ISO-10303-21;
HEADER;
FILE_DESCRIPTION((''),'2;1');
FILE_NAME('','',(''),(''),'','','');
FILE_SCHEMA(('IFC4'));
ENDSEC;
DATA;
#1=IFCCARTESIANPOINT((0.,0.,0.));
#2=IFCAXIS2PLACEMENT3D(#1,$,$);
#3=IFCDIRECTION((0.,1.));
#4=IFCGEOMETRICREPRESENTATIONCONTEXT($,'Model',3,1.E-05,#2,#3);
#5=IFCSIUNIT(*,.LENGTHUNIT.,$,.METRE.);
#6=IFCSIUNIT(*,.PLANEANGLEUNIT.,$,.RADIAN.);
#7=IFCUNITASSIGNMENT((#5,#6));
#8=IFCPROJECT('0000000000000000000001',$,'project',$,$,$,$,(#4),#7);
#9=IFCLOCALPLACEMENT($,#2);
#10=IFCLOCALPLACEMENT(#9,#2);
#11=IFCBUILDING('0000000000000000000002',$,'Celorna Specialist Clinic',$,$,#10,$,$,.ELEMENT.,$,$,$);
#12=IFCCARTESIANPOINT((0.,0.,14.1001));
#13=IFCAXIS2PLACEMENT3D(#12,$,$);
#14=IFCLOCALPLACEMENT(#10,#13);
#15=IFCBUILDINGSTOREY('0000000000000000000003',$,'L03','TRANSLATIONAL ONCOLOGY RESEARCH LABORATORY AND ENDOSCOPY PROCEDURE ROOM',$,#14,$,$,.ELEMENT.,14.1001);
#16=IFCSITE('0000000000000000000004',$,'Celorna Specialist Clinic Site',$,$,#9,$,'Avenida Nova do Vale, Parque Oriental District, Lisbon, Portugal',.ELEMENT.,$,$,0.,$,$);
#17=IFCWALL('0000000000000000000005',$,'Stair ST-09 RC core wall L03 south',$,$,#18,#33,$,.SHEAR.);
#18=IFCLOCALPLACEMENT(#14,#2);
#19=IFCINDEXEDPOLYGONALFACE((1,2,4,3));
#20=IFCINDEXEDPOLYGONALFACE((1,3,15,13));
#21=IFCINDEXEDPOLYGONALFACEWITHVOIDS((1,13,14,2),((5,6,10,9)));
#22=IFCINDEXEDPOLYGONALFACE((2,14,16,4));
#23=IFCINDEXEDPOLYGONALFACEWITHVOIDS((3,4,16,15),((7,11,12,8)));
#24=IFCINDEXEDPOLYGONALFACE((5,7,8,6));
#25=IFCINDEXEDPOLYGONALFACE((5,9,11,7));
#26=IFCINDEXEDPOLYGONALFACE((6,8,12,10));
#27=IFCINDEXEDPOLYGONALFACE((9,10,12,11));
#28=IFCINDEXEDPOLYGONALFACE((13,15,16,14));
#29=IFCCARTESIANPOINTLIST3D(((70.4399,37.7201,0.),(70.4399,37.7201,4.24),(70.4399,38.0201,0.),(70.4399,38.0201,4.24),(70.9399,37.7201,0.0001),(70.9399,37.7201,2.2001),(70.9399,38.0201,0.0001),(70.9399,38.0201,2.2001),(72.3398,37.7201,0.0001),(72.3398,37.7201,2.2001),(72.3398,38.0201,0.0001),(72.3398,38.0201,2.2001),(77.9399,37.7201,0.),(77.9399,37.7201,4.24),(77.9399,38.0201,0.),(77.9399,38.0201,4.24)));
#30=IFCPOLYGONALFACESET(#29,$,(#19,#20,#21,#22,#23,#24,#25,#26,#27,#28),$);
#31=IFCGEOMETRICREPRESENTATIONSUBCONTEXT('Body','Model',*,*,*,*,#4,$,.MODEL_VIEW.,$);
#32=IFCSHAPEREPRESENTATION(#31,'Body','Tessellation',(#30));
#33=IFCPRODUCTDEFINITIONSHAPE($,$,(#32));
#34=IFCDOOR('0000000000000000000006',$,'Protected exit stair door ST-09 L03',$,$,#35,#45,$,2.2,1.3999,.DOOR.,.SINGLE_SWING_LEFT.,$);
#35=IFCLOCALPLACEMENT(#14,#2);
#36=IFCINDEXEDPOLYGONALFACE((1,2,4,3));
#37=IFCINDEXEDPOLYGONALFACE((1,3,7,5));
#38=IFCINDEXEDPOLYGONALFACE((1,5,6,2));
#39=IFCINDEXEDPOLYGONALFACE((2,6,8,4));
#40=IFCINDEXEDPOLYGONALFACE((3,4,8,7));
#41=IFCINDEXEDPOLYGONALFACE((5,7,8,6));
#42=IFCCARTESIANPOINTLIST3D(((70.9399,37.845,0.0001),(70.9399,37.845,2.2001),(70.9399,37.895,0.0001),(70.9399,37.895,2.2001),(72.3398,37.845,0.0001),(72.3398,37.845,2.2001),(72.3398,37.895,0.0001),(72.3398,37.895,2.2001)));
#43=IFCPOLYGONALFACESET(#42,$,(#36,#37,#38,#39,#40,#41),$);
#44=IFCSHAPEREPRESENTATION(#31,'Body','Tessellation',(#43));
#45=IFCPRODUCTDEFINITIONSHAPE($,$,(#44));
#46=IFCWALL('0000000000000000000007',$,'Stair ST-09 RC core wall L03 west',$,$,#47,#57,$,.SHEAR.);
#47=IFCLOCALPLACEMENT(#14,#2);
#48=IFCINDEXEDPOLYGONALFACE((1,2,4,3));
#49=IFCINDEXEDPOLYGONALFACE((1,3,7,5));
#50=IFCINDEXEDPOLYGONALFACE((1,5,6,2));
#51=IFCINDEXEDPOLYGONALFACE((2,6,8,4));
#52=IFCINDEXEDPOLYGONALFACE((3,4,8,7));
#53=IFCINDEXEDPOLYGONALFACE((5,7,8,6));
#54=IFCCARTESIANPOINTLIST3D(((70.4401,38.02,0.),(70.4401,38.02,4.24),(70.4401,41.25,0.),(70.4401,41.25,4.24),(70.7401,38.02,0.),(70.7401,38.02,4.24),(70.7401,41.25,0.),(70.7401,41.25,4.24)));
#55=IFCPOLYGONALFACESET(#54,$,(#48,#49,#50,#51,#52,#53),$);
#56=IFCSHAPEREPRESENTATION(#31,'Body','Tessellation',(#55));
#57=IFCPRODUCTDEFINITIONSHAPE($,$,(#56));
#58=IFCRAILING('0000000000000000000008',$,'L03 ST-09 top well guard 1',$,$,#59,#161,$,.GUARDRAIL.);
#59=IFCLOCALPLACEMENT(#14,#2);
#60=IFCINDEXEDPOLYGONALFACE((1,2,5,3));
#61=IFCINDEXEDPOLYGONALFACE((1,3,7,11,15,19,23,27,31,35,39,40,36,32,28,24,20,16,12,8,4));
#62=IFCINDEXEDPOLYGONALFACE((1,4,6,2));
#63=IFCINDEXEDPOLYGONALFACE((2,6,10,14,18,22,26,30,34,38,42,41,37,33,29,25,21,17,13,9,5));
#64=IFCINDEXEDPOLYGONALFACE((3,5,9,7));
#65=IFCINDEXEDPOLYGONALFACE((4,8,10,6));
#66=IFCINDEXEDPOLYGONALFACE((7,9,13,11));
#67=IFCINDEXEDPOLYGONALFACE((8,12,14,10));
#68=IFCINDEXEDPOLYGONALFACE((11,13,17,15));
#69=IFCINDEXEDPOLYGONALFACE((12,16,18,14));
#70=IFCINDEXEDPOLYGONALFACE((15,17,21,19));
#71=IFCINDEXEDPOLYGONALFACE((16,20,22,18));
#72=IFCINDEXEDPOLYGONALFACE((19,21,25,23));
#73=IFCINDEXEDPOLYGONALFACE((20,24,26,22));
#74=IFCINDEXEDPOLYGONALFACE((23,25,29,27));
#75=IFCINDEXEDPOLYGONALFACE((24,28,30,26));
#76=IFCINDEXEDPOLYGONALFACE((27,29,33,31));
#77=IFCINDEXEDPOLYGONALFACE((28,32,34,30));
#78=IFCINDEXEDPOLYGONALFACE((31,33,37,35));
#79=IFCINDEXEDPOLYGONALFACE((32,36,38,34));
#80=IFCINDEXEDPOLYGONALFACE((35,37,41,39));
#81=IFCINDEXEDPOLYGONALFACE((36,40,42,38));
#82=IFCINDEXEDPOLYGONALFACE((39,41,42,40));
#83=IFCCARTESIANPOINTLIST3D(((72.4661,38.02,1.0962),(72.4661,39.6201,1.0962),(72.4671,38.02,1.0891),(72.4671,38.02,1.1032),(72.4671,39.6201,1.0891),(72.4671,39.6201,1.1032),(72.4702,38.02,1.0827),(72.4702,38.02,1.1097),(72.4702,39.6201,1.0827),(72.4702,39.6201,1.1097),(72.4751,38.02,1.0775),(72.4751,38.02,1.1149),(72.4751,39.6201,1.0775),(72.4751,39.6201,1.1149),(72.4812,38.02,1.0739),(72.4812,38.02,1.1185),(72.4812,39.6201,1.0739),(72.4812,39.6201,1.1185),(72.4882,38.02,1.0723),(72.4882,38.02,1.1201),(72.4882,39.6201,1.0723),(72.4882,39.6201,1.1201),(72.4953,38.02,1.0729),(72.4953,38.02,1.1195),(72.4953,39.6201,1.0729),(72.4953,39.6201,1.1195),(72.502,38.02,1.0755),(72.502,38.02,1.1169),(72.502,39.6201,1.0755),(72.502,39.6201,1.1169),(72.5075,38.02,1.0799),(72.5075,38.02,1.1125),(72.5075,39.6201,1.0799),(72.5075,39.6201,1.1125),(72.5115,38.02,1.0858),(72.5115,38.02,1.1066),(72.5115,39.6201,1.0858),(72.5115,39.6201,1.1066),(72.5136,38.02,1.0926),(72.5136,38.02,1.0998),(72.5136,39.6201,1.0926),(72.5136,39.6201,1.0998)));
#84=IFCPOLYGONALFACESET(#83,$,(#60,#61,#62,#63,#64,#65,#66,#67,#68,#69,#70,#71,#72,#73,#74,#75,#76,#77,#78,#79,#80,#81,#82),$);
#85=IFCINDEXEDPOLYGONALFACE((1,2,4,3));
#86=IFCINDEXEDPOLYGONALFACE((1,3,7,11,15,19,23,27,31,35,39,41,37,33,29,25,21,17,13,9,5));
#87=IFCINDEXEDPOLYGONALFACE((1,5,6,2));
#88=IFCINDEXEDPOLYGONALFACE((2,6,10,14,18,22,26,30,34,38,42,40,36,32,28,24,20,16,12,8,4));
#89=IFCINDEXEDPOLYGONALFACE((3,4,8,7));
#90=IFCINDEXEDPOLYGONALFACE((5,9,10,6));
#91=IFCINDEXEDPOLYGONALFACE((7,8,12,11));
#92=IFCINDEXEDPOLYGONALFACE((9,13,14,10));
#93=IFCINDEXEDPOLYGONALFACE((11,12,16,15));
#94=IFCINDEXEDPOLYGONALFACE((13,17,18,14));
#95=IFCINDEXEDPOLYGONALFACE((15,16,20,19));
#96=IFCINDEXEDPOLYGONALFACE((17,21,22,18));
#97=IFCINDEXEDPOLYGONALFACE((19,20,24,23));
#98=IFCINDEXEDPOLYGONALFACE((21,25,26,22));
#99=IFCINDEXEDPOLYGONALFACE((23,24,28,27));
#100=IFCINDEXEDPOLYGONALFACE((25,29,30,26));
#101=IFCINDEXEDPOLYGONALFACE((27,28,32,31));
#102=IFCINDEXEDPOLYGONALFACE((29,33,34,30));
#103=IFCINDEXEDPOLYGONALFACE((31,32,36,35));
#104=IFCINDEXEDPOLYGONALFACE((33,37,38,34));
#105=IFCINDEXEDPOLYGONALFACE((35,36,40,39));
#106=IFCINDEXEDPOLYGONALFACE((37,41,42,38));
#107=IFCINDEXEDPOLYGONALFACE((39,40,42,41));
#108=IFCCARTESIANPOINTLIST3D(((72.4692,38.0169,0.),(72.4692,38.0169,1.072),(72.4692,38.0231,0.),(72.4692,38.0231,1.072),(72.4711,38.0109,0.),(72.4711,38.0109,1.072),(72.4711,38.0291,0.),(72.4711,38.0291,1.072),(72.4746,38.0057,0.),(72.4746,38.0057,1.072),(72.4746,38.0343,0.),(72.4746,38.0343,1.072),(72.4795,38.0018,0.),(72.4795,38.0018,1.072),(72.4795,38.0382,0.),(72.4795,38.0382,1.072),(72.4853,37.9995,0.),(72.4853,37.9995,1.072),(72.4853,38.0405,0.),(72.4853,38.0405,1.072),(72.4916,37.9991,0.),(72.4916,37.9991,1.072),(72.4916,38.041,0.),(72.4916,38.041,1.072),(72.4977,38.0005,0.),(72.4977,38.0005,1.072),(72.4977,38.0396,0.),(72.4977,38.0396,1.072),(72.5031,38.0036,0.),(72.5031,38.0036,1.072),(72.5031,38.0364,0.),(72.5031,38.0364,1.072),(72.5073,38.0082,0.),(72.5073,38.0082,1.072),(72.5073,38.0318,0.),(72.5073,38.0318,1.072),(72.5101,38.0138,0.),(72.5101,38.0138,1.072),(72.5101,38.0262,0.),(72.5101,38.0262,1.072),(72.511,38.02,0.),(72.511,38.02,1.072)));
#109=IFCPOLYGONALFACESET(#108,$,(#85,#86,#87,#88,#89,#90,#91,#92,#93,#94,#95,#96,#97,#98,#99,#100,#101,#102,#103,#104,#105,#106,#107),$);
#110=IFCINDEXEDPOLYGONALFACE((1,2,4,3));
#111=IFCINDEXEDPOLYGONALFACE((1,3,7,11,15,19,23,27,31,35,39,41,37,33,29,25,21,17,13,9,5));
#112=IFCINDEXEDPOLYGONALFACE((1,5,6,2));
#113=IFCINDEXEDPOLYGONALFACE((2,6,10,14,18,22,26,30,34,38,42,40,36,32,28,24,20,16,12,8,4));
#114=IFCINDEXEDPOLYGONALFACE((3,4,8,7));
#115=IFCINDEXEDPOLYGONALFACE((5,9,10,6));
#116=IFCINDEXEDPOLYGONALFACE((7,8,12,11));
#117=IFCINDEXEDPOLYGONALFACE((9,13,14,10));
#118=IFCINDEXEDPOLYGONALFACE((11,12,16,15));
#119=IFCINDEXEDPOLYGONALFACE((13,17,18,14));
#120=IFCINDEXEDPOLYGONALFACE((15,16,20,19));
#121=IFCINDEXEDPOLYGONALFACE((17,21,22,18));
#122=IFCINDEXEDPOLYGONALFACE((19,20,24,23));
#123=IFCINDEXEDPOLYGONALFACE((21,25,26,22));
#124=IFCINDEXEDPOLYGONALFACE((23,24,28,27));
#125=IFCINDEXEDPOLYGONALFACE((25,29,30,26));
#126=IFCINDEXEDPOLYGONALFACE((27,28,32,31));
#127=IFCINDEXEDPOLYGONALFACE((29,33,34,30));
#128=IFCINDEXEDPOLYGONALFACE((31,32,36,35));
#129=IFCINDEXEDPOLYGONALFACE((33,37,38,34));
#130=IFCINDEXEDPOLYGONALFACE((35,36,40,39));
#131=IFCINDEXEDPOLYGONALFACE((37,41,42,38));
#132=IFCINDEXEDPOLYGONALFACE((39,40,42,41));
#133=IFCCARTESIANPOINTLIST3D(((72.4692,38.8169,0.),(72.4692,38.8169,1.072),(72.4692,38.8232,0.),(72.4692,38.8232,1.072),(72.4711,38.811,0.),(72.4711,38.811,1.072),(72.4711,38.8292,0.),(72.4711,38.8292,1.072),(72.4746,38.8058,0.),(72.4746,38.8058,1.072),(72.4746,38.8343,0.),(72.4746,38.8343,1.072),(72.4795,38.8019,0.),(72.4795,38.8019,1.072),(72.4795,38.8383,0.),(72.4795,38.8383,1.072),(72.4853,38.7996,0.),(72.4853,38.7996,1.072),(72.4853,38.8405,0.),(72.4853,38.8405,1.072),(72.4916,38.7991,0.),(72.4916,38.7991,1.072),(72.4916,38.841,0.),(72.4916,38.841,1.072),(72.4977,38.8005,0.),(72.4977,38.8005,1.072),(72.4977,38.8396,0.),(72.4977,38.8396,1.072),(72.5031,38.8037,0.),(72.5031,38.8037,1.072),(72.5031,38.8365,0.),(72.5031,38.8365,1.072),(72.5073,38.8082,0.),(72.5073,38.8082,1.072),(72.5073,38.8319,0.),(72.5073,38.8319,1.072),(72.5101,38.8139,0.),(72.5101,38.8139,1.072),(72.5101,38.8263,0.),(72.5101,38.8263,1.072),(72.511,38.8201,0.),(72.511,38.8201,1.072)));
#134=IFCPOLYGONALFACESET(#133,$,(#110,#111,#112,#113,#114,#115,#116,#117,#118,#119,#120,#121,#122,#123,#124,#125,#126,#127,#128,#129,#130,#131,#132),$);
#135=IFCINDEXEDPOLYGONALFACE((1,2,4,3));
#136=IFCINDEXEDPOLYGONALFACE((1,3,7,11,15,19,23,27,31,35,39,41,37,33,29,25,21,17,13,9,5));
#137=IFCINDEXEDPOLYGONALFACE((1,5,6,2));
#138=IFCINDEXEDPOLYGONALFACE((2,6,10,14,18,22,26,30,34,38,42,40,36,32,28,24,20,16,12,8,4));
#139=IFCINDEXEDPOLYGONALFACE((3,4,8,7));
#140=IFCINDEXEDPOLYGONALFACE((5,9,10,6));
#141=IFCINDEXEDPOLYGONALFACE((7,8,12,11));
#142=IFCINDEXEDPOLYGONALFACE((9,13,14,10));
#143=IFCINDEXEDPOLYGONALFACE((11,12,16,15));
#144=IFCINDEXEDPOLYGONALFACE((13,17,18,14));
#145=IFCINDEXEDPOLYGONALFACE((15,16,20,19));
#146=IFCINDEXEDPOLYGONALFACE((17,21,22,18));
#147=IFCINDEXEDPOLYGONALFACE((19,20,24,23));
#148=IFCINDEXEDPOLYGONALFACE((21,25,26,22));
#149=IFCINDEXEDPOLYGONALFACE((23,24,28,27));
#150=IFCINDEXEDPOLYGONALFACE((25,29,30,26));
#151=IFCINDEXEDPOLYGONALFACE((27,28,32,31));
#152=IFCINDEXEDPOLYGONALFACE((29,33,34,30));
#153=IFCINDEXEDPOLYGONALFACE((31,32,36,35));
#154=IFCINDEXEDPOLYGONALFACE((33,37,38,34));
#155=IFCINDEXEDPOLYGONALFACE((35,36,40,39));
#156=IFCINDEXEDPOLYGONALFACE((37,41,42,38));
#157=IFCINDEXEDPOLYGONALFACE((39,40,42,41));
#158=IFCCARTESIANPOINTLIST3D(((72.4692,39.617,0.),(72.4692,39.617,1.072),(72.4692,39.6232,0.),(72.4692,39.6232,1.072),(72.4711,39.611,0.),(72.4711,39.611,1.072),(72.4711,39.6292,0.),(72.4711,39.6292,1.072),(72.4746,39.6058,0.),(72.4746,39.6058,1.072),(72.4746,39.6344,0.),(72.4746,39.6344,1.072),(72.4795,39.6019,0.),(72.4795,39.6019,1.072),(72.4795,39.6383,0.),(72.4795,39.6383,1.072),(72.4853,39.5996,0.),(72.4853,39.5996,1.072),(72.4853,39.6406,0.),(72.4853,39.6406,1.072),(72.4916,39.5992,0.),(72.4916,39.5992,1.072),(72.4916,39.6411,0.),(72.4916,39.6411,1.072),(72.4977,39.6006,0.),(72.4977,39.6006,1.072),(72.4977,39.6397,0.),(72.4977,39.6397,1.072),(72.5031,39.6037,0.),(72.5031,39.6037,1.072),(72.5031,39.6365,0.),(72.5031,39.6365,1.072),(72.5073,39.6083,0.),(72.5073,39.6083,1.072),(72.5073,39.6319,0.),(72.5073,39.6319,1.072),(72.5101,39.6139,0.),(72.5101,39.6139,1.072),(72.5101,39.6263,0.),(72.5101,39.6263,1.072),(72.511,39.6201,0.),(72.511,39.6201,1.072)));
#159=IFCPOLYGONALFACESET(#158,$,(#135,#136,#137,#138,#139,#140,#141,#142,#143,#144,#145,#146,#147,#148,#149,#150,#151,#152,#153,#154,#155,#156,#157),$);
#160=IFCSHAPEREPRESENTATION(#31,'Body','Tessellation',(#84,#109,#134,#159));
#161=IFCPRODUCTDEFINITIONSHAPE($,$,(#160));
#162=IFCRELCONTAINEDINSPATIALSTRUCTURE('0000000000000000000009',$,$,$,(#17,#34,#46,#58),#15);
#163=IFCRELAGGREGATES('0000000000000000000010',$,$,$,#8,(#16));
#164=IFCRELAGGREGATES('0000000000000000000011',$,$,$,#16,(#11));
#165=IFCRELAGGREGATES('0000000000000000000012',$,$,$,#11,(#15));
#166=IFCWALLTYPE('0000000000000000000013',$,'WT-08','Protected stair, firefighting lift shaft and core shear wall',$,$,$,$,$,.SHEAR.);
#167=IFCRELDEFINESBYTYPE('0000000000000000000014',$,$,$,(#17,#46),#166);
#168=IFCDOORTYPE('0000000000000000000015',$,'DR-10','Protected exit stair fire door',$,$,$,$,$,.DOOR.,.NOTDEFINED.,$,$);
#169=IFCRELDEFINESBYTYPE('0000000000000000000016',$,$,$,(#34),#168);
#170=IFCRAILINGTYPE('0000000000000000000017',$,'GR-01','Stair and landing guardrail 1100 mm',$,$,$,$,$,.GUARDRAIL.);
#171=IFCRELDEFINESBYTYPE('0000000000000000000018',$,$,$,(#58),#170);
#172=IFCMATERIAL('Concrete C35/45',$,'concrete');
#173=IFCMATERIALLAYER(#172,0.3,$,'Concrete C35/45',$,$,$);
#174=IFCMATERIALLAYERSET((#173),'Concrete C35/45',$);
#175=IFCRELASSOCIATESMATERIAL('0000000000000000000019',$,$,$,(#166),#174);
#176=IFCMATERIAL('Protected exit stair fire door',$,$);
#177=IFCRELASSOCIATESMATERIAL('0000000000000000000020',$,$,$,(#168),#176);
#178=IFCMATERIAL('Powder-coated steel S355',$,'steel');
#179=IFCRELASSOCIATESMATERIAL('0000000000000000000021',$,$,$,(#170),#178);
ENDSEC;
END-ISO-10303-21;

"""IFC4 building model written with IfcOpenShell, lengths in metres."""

from ifc_helpers import new_model, si_unit, direction, frame, frame_2d, origin, origin_2d, place, context, subcontext, project, spatial, rectangle, circle, extrude, material, layer, layer_set, type_object, element, fill, save


model = new_model("IFC4")

# Units and contexts
model_context = context("Model", 3, precision=1e-05, world=origin(), true_north=direction((0.0, 1.0)))
body_context = subcontext(model_context, "Body", "Model", "MODEL_VIEW")
ifc_project = project(units=[si_unit("LENGTHUNIT", "METRE"), si_unit("PLANEANGLEUNIT", "RADIAN")], contexts=[model_context])

# Site, building, storey
site_placement = place(None, origin())
site = spatial("IfcSite", under=ifc_project, at=site_placement, Name="Celorna Specialist Clinic Site", LongName="Avenida Nova do Vale, Parque Oriental District, Lisbon, Portugal", CompositionType="ELEMENT", RefElevation=0.0)
building_placement = place(site_placement, origin())
building = spatial("IfcBuilding", under=site, at=building_placement, Name="Celorna Specialist Clinic", CompositionType="ELEMENT")
storey_placement = place(building_placement, frame((0.0, 0.0, 14.1001)))
storey = spatial("IfcBuildingStorey", under=building, at=storey_placement, Name="L03", Description="TRANSLATIONAL ONCOLOGY RESEARCH LABORATORY AND ENDOSCOPY PROCEDURE ROOM", CompositionType="ELEMENT", Elevation=14.1001)

# Shared definitions
ifc_material_1 = material(Name="Concrete C35/45", Category="concrete")

# Wall, opening, door
ifc_layer_1 = layer(ifc_material_1, 0.3, Name="Concrete C35/45")
ifc_layer_set_1 = layer_set([ifc_layer_1], Name="Concrete C35/45")
wall_type_1 = type_object("IfcWallType", Name="WT-08", Description="Protected stair, firefighting lift shaft and core shear wall", PredefinedType="SHEAR", material=ifc_layer_set_1)
wall_1_placement = place(storey_placement, frame((70.4399, 37.8701, 0.0), z_axis=(0.0, 0.0, 1.0), x_axis=(1.0, 0.0, 0.0)))
wall_1 = element("IfcWall", 1, at=wall_1_placement, inside=storey, type_object=wall_type_1, Name="Stair ST-09 RC core wall L03 south", PredefinedType="SHEAR", context=body_context, shape_type="SweptSolid", body=[
    extrude(rectangle(XDim=7.5, YDim=0.3, at=frame_2d((3.75, 0.0))), origin(), (0.0, 0.0, 1.0), 4.24),
])
opening_1_placement = place(wall_1_placement, frame((0.5, 0.0, 0.0)))
opening_1 = element("IfcOpeningElement", 2, at=opening_1_placement, cuts=wall_1, PredefinedType="OPENING", context=body_context, shape_type="SweptSolid", body=[
    extrude(rectangle(XDim=1.3999, YDim=2.2, at=frame_2d((0.7, 1.1001))), frame((0.0, 0.1599, 0.0), z_axis=(0.0, -1.0, 0.0), x_axis=(1.0, 0.0, 0.0)), (0.0, 0.0, 1.0), 0.3201),
])
ifc_material_2 = material(Name="Protected exit stair fire door")
door_type = type_object("IfcDoorType", Name="DR-10", Description="Protected exit stair fire door", OperationType="NOTDEFINED", PredefinedType="DOOR", material=ifc_material_2)
door_placement = place(opening_1_placement, origin())
door = element("IfcDoor", 3, at=door_placement, inside=storey, type_object=door_type, Name="Protected exit stair door ST-09 L03", OperationType="SINGLE_SWING_LEFT", OverallHeight=2.2, OverallWidth=1.3999, PredefinedType="DOOR", context=body_context, shape_type="SweptSolid", body=[
    extrude(rectangle(XDim=1.3999, YDim=2.2, at=frame_2d((0.7, 1.1001))), frame((0.0, 0.0249, 0.0), z_axis=(0.0, -1.0, 0.0), x_axis=(1.0, 0.0, 0.0)), (0.0, 0.0, 1.0), 0.05),
])
fill(opening_1, door)

# Wall
wall_2_placement = place(storey_placement, frame((70.5901, 41.25, 0.0), z_axis=(0.0, 0.0, 1.0), x_axis=(0.0, -1.0, 0.0)))
element("IfcWall", 4, at=wall_2_placement, inside=storey, type_object=wall_type_1, Name="Stair ST-09 RC core wall L03 west", PredefinedType="SHEAR", context=body_context, shape_type="SweptSolid", body=[
    extrude(rectangle(XDim=3.23, YDim=0.3, at=frame_2d((1.615, 0.0))), origin(), (0.0, 0.0, 1.0), 4.24),
])

# Railing
ifc_material_3 = material(Name="Powder-coated steel S355", Category="steel")
railing_type = type_object("IfcRailingType", Name="GR-01", Description="Stair and landing guardrail 1100 mm", PredefinedType="GUARDRAIL", material=ifc_material_3)
railing_placement = place(storey_placement, frame((72.49, 38.02, 0.0)))
element("IfcRailing", 5, at=railing_placement, inside=storey, type_object=railing_type, Name="L03 ST-09 top well guard 1", PredefinedType="GUARDRAIL", context=body_context, shape_type="SweptSolid", body=[
    extrude(circle(Radius=0.0239, at=origin_2d()), frame((0.0, 0.0, 1.0962), z_axis=(0.0, 1.0, 0.0), x_axis=(-1.0, 0.0, 0.0)), (0.0, 0.0, 1.0), 1.6001),
    extrude(circle(Radius=0.021, at=origin_2d()), origin(), (0.0, 0.0, 1.0), 1.072),
    extrude(circle(Radius=0.021, at=origin_2d()), frame((0.0, 0.8, 0.0)), (0.0, 0.0, 1.0), 1.072),
    extrude(circle(Radius=0.021, at=origin_2d()), frame((0.0, 1.6001, 0.0)), (0.0, 0.0, 1.0), 1.072),
])

save(model, "model.ifc")
